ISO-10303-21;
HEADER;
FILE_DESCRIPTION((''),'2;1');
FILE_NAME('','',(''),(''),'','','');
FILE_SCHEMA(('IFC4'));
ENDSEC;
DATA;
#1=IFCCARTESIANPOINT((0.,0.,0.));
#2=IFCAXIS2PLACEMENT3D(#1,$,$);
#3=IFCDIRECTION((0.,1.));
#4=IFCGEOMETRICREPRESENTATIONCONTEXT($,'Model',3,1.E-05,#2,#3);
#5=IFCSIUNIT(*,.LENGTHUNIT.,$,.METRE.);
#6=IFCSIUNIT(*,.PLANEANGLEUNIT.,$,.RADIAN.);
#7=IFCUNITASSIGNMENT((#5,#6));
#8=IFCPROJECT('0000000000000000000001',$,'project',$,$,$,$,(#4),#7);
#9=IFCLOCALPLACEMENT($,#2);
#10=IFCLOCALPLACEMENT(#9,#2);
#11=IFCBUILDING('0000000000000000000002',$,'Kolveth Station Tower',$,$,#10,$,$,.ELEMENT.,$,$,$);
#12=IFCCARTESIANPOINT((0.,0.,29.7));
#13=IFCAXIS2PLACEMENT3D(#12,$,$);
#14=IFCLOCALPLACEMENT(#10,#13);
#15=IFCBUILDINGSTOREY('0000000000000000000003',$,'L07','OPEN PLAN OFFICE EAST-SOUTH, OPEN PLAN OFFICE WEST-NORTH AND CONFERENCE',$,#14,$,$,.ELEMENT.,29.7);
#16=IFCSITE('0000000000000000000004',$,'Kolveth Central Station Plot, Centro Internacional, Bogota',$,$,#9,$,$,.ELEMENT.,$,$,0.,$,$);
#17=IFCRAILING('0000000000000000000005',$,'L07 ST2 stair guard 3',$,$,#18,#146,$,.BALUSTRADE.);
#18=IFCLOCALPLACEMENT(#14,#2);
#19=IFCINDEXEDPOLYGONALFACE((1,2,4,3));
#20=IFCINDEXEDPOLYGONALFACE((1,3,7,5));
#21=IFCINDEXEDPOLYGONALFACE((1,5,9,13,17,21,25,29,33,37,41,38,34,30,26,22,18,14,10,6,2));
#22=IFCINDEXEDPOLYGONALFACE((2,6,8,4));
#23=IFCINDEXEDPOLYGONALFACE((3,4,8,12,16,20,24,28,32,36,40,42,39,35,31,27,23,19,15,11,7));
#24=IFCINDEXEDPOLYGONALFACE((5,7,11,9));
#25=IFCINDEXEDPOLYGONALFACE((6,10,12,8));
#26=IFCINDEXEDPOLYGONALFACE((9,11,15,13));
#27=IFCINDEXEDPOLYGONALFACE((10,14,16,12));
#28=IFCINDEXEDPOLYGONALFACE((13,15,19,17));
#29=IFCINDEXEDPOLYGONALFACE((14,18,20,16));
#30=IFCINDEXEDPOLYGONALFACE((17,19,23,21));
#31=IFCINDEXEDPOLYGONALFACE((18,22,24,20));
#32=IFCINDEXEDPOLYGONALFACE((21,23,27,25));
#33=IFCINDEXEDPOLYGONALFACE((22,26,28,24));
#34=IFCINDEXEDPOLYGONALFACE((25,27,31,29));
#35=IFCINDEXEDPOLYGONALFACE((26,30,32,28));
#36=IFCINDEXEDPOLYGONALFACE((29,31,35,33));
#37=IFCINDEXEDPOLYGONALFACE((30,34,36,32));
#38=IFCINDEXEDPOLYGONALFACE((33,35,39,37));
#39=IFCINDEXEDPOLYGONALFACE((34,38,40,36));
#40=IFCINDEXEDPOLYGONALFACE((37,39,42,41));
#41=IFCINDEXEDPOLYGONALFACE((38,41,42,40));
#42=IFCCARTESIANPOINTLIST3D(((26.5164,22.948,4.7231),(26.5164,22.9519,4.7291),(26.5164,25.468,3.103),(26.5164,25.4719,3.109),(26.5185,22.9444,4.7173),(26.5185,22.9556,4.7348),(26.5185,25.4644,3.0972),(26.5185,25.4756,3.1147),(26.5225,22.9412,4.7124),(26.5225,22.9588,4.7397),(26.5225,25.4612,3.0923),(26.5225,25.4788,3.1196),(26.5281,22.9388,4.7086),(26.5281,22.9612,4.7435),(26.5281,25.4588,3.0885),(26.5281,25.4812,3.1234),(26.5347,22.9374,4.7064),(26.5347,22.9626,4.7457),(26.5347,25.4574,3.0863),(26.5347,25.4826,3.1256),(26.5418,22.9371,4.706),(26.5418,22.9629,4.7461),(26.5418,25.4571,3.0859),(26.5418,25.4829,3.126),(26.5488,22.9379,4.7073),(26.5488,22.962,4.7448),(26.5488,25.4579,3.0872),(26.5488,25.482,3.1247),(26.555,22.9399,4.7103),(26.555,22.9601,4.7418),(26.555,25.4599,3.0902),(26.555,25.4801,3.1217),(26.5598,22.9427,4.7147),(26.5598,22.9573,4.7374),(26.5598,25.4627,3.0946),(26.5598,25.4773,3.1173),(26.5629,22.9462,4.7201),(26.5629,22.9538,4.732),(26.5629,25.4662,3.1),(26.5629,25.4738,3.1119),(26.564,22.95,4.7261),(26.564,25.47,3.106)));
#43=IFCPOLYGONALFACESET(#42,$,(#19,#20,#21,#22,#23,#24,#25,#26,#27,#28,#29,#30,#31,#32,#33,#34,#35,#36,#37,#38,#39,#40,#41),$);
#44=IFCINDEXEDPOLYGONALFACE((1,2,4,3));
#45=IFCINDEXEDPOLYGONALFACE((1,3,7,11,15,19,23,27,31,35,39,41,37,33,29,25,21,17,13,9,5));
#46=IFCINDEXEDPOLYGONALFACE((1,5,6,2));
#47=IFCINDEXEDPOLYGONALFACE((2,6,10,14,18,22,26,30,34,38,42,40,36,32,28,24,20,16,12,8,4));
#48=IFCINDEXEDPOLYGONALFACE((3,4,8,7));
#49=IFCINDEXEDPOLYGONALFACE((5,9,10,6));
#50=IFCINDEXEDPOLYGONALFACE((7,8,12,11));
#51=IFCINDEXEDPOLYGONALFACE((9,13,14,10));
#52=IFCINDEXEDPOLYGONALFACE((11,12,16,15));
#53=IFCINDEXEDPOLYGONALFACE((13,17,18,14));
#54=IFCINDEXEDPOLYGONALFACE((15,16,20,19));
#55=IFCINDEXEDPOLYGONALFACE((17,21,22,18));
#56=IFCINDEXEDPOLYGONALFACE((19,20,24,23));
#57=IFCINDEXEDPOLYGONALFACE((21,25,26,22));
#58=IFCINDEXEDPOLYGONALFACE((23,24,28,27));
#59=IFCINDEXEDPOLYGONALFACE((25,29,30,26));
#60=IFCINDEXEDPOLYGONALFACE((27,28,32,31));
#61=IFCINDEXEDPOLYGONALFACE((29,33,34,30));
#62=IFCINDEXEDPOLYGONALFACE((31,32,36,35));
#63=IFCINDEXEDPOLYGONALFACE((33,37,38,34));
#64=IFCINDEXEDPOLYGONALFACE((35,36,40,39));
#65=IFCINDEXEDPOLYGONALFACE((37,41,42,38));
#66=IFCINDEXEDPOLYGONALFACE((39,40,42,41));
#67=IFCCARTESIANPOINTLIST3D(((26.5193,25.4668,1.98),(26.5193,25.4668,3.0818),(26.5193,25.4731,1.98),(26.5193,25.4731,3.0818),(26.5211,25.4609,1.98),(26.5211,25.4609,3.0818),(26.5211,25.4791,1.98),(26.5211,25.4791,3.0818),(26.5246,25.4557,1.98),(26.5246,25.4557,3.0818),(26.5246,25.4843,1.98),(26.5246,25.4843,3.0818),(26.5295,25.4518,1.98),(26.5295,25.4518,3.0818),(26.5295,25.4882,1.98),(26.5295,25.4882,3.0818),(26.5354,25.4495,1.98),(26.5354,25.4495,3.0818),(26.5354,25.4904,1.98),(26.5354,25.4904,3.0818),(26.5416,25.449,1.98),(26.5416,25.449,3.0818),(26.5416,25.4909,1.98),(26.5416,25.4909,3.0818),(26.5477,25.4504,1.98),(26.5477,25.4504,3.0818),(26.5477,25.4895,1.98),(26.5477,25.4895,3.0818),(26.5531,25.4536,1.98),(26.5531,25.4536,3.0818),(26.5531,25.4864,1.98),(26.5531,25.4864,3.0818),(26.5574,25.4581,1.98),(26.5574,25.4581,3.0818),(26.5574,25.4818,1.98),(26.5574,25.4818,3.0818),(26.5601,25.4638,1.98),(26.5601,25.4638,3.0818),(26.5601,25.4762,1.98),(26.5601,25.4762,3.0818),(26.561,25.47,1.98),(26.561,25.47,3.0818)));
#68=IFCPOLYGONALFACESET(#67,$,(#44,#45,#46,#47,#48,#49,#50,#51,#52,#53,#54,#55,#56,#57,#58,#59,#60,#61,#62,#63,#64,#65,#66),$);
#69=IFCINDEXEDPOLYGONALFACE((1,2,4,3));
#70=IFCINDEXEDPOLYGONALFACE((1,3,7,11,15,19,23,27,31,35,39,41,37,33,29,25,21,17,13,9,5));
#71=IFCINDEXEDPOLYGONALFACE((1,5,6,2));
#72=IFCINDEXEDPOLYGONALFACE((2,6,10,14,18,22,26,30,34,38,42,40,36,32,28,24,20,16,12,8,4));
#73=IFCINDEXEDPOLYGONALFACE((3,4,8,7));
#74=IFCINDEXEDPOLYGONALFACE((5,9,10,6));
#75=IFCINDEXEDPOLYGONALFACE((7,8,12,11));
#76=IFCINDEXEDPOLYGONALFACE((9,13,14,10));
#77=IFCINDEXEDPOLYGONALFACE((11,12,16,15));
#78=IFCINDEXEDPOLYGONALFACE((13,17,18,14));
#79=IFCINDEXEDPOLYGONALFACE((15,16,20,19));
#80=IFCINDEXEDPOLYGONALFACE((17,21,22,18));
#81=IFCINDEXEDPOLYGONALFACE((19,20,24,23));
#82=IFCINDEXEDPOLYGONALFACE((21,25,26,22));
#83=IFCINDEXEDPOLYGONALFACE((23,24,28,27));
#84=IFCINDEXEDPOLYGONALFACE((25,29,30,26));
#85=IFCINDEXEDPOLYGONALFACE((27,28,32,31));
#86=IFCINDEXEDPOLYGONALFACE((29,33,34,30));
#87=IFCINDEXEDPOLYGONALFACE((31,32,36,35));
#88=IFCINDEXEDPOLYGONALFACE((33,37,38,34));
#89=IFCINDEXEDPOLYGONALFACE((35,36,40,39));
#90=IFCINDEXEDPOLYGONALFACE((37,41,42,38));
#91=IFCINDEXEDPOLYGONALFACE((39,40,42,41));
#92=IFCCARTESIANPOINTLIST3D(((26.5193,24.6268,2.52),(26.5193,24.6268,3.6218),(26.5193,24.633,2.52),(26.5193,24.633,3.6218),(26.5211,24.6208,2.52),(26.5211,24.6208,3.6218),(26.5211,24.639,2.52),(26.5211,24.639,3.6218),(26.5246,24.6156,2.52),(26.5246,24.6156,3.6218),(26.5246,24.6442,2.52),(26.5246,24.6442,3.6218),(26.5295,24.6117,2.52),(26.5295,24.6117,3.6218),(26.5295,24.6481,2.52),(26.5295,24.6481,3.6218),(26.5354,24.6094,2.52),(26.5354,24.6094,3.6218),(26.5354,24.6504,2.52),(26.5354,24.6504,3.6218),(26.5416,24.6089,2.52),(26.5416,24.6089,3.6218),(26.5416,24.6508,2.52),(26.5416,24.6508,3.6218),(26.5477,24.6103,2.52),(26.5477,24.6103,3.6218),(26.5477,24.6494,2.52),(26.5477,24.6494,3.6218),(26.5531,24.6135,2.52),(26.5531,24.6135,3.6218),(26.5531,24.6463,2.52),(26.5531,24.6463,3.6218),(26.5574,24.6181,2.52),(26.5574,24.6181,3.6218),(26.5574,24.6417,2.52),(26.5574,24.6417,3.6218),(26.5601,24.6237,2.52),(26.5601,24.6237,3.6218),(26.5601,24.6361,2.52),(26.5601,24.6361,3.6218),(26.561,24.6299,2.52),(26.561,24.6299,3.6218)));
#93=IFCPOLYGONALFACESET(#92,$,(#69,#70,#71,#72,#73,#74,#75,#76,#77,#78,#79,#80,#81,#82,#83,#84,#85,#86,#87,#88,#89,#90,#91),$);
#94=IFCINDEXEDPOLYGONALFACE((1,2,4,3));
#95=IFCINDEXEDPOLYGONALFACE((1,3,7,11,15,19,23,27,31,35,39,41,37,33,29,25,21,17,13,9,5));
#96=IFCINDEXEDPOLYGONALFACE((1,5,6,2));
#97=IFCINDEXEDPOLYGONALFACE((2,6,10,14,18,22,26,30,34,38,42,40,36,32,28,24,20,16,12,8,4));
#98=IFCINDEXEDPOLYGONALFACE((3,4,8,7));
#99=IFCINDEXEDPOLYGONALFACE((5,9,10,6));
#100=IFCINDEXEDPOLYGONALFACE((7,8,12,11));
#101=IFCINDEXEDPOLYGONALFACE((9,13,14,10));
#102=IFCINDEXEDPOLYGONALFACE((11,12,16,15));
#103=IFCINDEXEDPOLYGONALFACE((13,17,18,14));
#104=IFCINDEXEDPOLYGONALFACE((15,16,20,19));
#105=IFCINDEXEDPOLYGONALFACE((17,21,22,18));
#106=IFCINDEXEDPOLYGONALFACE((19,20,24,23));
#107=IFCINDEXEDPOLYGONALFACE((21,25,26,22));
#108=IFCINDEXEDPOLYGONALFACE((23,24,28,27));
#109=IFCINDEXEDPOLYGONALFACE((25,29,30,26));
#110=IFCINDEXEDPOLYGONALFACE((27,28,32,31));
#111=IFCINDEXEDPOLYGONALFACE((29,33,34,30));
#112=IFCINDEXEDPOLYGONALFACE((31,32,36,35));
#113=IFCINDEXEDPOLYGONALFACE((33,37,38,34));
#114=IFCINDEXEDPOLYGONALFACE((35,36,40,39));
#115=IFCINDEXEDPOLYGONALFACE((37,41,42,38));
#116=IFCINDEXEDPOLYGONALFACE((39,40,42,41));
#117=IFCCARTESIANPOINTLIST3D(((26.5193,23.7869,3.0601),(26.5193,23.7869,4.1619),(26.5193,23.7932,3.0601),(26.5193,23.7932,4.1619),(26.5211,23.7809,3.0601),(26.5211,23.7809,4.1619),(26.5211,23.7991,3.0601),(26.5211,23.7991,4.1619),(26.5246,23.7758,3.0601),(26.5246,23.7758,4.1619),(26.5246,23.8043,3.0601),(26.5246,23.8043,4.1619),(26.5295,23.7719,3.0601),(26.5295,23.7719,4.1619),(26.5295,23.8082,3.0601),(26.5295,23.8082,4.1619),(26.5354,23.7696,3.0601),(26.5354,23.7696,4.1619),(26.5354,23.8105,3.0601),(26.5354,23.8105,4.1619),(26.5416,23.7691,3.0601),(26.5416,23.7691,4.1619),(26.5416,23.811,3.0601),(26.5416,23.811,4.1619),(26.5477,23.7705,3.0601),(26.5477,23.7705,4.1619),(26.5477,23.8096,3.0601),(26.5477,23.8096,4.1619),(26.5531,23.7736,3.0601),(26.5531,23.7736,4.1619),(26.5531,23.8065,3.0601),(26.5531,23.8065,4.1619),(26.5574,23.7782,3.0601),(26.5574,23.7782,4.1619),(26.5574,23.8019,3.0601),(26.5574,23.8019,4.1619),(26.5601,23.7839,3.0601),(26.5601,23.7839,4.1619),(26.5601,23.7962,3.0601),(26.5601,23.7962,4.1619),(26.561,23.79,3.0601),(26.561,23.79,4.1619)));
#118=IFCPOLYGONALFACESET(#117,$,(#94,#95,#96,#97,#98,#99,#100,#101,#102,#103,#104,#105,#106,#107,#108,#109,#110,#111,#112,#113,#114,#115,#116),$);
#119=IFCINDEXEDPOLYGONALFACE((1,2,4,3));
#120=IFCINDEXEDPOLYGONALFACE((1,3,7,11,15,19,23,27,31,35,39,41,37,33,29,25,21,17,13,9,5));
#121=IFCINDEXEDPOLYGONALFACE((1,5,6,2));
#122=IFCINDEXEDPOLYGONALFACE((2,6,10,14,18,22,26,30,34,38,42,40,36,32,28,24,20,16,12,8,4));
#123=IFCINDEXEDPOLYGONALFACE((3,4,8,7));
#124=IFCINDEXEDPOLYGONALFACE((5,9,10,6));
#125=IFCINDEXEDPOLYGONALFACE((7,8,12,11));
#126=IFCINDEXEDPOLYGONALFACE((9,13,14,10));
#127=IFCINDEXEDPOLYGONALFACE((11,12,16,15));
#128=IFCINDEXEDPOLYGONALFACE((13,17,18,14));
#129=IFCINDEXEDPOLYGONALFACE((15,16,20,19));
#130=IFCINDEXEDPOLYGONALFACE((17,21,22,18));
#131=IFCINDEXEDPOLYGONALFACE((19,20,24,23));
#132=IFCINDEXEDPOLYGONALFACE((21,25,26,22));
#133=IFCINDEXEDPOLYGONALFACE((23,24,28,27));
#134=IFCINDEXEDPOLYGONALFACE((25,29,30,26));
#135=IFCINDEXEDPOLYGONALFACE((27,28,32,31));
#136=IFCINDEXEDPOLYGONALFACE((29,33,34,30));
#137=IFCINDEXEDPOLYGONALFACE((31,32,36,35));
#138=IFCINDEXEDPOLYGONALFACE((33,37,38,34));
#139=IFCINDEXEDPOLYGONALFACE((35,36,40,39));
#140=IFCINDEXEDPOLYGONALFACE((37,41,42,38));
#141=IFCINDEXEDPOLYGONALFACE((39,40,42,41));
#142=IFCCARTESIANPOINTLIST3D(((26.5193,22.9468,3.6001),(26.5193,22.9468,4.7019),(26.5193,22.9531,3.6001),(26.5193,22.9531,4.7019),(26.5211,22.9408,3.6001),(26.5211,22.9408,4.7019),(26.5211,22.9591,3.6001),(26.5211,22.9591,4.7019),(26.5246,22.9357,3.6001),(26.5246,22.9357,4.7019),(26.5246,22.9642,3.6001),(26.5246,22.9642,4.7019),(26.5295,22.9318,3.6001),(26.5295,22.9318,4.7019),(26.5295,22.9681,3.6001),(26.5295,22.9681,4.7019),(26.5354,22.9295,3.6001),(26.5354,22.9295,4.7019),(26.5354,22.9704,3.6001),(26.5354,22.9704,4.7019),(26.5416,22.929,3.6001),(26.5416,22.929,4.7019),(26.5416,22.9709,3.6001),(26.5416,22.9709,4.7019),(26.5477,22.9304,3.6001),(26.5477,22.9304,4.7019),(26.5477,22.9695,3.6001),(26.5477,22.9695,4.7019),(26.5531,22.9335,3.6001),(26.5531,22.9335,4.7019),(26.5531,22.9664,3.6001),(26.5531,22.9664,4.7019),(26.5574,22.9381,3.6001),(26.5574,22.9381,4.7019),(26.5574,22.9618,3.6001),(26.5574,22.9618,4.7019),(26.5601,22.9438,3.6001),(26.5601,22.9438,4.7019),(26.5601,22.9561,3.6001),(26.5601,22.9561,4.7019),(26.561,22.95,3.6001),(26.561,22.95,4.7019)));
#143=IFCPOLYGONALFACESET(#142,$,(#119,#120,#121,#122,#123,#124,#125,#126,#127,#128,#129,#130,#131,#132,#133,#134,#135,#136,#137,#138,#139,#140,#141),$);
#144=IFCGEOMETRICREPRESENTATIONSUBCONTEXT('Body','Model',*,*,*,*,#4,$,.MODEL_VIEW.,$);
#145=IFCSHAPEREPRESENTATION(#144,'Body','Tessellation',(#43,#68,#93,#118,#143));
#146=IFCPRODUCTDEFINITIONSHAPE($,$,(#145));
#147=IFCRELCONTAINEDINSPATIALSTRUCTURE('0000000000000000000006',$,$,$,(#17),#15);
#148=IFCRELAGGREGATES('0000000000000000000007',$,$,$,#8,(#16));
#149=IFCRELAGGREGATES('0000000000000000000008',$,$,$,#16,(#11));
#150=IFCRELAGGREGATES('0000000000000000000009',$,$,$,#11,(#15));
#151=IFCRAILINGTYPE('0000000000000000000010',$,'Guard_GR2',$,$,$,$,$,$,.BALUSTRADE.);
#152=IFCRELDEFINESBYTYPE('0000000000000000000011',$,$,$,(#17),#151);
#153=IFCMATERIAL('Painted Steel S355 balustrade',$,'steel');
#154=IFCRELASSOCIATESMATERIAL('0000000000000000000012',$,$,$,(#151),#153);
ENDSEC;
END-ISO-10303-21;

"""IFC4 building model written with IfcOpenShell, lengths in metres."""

from ifc_helpers import new_model, si_unit, direction, frame, origin, origin_2d, place, context, subcontext, project, spatial, circle, extrude, material, type_object, element, save


model = new_model("IFC4")

# Units and contexts
model_context = context("Model", 3, precision=1e-05, world=origin(), true_north=direction((0.0, 1.0)))
body_context = subcontext(model_context, "Body", "Model", "MODEL_VIEW")
ifc_project = project(units=[si_unit("LENGTHUNIT", "METRE"), si_unit("PLANEANGLEUNIT", "RADIAN")], contexts=[model_context])

# Site, building, storey
site_placement = place(None, origin())
site = spatial("IfcSite", under=ifc_project, at=site_placement, Name="Kolveth Central Station Plot, Centro Internacional, Bogota", CompositionType="ELEMENT", RefElevation=0.0)
building_placement = place(site_placement, origin())
building = spatial("IfcBuilding", under=site, at=building_placement, Name="Kolveth Station Tower", CompositionType="ELEMENT")
storey_placement = place(building_placement, frame((0.0, 0.0, 29.7)))
storey = spatial("IfcBuildingStorey", under=building, at=storey_placement, Name="L07", Description="OPEN PLAN OFFICE EAST-SOUTH, OPEN PLAN OFFICE WEST-NORTH AND CONFERENCE", CompositionType="ELEMENT", Elevation=29.7)

# Railing
ifc_material_1 = material(Name="Painted Steel S355 balustrade", Category="steel")
railing_type_1 = type_object("IfcRailingType", Name="Guard_GR2", PredefinedType="BALUSTRADE", material=ifc_material_1)
railing_1_placement = place(storey_placement, frame((26.54, 25.47, 1.98)))
element("IfcRailing", 1, at=railing_1_placement, inside=storey, type_object=railing_type_1, Name="L07 ST2 stair guard 3", PredefinedType="BALUSTRADE", context=body_context, shape_type="SweptSolid", body=[
    extrude(circle(Radius=0.0239, at=origin_2d()), frame((0.0, 0.0, 1.126), z_axis=(0.0, -0.841163, 0.540782), x_axis=(1.0, 0.0, 0.0)), (0.0, 0.0, 1.0), 2.9958),
    extrude(circle(Radius=0.021, at=origin_2d()), origin(), (0.0, 0.0, 1.0), 1.1018),
    extrude(circle(Radius=0.021, at=origin_2d()), frame((0.0, -0.8401, 0.54)), (0.0, 0.0, 1.0), 1.1018),
    extrude(circle(Radius=0.021, at=origin_2d()), frame((0.0, -1.6799, 1.0801)), (0.0, 0.0, 1.0), 1.1018),
    extrude(circle(Radius=0.021, at=origin_2d()), frame((0.0, -2.52, 1.6201)), (0.0, 0.0, 1.0), 1.1018),
])

save(model, "model.ifc")
